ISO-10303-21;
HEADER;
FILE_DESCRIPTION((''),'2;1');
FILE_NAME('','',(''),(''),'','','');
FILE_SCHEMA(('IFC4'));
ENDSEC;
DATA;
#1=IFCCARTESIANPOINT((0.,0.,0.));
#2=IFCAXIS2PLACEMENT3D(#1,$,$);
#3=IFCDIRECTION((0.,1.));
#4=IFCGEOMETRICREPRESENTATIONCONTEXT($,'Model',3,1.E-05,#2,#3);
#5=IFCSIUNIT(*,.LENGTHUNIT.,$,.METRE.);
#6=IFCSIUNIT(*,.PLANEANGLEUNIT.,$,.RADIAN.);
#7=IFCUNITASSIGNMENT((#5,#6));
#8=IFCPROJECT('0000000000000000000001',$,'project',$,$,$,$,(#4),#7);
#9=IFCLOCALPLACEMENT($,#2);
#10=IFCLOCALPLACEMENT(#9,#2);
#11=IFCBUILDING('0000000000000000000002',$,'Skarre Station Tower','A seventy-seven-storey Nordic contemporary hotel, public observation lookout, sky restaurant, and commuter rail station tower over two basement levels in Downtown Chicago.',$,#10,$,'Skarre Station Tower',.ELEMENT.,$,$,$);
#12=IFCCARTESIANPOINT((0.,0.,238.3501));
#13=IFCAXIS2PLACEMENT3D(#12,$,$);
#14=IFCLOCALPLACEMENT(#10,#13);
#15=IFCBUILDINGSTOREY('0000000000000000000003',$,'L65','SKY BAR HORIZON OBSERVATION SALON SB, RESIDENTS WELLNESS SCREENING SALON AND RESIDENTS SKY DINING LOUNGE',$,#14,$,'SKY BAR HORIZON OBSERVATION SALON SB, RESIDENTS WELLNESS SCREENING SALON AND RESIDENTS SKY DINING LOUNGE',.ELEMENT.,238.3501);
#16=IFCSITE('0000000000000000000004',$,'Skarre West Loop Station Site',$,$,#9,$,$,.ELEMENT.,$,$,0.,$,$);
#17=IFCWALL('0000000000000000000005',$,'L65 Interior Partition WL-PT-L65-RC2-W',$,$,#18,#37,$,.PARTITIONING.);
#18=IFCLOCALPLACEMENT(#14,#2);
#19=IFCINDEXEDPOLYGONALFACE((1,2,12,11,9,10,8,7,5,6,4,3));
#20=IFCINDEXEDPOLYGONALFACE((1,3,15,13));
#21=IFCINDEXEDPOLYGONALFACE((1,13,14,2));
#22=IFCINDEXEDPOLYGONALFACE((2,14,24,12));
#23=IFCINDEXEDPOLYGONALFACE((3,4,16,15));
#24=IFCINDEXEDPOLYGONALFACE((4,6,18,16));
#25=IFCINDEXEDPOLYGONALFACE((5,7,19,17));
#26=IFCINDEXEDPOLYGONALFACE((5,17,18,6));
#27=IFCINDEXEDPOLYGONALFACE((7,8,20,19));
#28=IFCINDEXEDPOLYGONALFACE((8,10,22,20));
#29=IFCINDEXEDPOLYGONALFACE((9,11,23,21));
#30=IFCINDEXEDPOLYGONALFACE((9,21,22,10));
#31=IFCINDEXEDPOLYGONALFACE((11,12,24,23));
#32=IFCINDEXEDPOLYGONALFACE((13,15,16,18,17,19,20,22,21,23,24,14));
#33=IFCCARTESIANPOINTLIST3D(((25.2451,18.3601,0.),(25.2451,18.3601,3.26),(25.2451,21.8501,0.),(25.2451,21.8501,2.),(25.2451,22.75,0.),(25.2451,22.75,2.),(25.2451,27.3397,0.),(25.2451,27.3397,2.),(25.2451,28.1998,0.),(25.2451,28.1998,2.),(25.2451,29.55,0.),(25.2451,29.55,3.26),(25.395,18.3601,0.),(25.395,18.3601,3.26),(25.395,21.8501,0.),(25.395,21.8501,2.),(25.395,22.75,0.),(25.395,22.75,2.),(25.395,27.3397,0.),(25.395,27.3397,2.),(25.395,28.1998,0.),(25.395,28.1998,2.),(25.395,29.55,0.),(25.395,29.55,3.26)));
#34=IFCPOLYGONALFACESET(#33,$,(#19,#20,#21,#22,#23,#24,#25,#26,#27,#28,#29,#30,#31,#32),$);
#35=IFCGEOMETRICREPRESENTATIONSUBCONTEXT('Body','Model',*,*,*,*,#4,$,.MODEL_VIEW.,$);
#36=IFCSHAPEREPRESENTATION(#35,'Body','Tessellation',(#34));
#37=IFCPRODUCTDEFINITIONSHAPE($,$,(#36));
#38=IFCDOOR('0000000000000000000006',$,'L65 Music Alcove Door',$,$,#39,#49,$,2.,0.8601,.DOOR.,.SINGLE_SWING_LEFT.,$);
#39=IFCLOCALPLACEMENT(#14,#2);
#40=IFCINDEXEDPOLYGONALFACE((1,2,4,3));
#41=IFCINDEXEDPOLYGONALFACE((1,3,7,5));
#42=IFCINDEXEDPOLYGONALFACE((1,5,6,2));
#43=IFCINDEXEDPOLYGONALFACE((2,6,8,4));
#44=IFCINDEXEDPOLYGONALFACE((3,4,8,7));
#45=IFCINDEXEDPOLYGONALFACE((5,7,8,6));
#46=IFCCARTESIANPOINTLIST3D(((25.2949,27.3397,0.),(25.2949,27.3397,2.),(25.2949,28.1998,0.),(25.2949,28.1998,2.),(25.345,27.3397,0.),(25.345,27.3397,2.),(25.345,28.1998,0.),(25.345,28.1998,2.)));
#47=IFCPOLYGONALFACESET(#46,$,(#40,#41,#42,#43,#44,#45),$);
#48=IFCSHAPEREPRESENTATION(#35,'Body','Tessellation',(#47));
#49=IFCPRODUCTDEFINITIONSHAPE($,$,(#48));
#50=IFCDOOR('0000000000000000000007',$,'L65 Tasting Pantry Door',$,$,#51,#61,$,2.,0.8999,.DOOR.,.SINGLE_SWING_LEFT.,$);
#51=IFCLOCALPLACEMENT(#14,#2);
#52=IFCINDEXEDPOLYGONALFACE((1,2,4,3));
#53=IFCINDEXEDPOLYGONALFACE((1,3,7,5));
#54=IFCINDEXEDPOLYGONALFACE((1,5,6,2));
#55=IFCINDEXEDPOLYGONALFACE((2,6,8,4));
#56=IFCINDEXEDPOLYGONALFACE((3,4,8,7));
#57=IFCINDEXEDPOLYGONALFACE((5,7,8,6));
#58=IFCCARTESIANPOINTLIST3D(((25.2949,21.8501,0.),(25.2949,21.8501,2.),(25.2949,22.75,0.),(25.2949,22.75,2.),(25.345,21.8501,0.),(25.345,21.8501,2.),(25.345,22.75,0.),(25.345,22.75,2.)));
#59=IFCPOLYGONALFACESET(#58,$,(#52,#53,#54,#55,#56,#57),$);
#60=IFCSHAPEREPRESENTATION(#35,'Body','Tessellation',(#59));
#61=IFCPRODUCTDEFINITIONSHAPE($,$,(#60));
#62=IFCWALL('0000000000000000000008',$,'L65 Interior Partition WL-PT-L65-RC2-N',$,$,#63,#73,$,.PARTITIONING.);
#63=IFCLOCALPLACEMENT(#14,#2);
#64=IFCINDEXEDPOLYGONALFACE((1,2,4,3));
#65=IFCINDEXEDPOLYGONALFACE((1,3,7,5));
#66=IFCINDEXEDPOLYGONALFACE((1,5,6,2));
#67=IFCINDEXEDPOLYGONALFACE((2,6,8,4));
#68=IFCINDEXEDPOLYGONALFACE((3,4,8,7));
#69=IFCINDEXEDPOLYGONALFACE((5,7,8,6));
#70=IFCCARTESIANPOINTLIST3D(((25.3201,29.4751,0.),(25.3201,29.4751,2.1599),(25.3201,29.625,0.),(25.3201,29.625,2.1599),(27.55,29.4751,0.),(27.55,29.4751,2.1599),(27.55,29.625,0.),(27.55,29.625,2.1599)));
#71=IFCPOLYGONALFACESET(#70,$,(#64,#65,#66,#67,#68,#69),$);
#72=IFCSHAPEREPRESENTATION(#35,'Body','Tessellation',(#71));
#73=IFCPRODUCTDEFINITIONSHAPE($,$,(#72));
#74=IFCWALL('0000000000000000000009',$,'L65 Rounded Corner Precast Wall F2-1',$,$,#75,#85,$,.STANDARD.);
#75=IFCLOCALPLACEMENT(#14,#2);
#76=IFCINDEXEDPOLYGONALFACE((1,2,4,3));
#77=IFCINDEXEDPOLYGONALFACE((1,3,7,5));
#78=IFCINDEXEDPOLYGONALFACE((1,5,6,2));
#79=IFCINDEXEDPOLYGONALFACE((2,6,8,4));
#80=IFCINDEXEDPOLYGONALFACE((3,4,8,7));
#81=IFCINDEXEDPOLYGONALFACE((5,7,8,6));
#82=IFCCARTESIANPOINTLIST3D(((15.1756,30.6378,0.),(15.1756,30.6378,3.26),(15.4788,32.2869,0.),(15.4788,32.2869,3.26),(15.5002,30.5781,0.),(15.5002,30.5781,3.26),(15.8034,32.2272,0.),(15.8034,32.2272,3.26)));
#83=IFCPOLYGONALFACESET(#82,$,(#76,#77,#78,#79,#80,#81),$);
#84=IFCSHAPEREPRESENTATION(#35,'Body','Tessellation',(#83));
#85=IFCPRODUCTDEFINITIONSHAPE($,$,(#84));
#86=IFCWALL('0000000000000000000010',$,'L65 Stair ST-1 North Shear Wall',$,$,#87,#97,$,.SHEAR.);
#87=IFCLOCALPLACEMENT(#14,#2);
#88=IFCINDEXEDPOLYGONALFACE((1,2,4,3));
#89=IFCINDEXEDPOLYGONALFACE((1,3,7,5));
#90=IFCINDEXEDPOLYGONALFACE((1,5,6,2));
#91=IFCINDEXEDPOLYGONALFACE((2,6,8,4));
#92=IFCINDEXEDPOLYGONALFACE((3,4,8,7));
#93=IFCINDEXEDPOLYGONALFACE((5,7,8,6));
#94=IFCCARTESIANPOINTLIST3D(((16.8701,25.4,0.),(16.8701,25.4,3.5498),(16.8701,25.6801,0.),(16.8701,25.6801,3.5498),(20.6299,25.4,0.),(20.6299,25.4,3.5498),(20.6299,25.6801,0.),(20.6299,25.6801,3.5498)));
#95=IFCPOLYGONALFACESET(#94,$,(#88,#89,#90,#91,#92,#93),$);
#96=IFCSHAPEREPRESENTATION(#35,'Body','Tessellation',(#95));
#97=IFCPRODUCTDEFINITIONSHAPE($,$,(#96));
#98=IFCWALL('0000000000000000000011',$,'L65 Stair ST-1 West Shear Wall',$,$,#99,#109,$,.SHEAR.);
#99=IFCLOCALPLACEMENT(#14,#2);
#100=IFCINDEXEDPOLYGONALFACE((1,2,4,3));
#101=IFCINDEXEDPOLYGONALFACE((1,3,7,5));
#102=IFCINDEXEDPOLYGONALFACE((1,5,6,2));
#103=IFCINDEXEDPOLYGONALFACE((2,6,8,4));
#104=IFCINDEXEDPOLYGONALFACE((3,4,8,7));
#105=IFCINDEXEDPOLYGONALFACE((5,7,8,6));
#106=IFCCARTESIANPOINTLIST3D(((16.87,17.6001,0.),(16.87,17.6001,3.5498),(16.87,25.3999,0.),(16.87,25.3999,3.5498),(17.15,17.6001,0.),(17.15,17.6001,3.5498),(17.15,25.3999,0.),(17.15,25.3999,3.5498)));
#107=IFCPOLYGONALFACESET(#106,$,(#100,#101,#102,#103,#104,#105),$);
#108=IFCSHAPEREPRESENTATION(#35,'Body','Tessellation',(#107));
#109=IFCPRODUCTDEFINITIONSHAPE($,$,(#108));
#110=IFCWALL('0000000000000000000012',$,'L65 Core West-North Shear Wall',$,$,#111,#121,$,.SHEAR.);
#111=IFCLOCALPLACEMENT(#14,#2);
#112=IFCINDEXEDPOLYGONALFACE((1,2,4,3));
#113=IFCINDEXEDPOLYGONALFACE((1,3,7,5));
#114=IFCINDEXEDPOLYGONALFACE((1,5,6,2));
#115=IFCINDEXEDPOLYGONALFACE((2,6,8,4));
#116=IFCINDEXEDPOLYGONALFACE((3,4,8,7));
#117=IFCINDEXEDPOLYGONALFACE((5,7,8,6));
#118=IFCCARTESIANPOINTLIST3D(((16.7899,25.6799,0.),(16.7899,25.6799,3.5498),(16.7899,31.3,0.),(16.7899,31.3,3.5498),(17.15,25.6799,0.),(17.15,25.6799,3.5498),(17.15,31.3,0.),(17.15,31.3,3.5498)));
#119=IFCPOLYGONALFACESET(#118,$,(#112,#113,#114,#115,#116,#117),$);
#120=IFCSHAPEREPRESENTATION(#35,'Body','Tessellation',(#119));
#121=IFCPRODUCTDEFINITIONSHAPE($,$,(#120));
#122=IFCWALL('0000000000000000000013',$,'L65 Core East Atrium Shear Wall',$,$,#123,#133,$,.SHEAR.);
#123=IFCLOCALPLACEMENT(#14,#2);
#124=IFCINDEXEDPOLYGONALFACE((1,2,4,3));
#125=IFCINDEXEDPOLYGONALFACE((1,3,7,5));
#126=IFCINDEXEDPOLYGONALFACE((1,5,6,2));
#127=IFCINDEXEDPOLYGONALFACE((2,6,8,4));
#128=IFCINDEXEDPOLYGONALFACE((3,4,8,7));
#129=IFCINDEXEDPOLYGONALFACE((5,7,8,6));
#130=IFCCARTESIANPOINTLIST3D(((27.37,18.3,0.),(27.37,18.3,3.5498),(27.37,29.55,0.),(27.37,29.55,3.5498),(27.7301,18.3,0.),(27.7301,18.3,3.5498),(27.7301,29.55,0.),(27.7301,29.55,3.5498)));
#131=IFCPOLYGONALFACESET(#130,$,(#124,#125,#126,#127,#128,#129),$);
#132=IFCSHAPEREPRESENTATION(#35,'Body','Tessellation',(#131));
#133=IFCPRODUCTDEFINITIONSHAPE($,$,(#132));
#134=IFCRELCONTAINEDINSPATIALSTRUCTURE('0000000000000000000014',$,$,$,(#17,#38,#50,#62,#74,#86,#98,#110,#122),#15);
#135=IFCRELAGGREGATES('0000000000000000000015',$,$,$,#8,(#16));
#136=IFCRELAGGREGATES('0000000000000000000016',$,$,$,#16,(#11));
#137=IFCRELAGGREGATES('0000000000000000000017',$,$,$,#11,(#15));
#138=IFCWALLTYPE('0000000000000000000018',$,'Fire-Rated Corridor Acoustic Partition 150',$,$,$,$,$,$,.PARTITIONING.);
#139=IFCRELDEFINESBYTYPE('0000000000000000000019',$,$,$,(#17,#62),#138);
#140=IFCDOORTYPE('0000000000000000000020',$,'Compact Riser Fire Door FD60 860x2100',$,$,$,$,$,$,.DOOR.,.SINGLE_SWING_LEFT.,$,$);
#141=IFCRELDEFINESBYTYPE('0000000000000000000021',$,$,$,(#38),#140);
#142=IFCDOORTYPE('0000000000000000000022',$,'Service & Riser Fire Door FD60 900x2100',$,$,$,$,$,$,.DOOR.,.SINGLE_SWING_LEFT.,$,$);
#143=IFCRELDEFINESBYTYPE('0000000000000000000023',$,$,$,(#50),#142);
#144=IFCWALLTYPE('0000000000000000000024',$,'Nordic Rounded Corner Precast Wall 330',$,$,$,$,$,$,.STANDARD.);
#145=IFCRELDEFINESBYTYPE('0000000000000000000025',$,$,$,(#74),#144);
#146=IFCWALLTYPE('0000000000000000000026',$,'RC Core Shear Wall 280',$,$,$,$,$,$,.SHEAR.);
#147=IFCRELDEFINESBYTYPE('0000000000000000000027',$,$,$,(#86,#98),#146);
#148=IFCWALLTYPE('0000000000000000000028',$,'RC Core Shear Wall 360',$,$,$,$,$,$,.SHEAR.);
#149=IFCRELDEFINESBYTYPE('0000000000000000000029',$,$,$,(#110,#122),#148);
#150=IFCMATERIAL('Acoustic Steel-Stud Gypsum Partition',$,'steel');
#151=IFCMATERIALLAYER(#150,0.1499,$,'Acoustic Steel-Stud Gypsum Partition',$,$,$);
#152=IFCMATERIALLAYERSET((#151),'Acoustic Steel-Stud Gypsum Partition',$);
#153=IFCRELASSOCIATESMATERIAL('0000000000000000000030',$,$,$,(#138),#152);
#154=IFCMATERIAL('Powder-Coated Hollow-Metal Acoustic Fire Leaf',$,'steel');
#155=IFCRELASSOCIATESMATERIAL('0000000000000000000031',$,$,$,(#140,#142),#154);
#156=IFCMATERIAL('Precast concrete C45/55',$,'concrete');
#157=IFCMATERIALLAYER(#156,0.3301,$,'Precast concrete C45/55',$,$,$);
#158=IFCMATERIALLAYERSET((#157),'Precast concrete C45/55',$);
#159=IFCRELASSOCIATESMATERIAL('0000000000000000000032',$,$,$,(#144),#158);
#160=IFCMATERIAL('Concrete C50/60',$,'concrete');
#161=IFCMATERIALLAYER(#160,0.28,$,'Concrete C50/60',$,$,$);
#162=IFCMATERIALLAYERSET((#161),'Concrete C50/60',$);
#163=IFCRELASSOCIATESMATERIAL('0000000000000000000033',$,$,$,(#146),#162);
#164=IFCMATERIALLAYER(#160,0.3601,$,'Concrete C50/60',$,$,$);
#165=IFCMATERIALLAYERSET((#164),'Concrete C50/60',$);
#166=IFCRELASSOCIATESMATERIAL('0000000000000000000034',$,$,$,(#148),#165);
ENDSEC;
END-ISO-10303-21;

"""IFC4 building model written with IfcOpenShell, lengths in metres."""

from ifc_helpers import new_model, si_unit, direction, frame, frame_2d, origin, place, context, subcontext, project, spatial, rectangle, extrude, material, layer, layer_set, type_object, element, fill, save


model = new_model("IFC4")

# Units and contexts
model_context = context("Model", 3, precision=1e-05, world=origin(), true_north=direction((0.0, 1.0)))
body_context = subcontext(model_context, "Body", "Model", "MODEL_VIEW")
ifc_project = project(units=[si_unit("LENGTHUNIT", "METRE"), si_unit("PLANEANGLEUNIT", "RADIAN")], contexts=[model_context])

# Site, building, storey
site_placement = place(None, origin())
site = spatial("IfcSite", under=ifc_project, at=site_placement, Name="Skarre West Loop Station Site", CompositionType="ELEMENT", RefElevation=0.0)
building_placement = place(site_placement, origin())
building = spatial("IfcBuilding", under=site, at=building_placement, Name="Skarre Station Tower", Description="A seventy-seven-storey Nordic contemporary hotel, public observation lookout, sky restaurant, and commuter rail station tower over two basement levels in Downtown Chicago.", LongName="Skarre Station Tower", CompositionType="ELEMENT")
storey_placement = place(building_placement, frame((0.0, 0.0, 238.3501)))
storey = spatial("IfcBuildingStorey", under=building, at=storey_placement, Name="L65", Description="SKY BAR HORIZON OBSERVATION SALON SB, RESIDENTS WELLNESS SCREENING SALON AND RESIDENTS SKY DINING LOUNGE", LongName="SKY BAR HORIZON OBSERVATION SALON SB, RESIDENTS WELLNESS SCREENING SALON AND RESIDENTS SKY DINING LOUNGE", CompositionType="ELEMENT", Elevation=238.3501)

# Shared definitions
ifc_material_1 = material(Name="Concrete C50/60", Category="concrete")

# Shared definitions
ifc_material_2 = material(Name="Acoustic Steel-Stud Gypsum Partition", Category="steel")
ifc_layer_1 = layer(ifc_material_2, 0.1499, Name="Acoustic Steel-Stud Gypsum Partition")
ifc_layer_set_1 = layer_set([ifc_layer_1], Name="Acoustic Steel-Stud Gypsum Partition")
wall_type_1 = type_object("IfcWallType", Name="Fire-Rated Corridor Acoustic Partition 150", PredefinedType="PARTITIONING", material=ifc_layer_set_1)

# Wall, openings, doors
wall_1_placement = place(storey_placement, frame((25.3201, 29.55, 0.0), z_axis=(0.0, 0.0, 1.0), x_axis=(0.0, -1.0, 0.0)))
wall_1 = element("IfcWall", 1, at=wall_1_placement, inside=storey, type_object=wall_type_1, Name="L65 Interior Partition WL-PT-L65-RC2-W", PredefinedType="PARTITIONING", context=body_context, shape_type="SweptSolid", body=[
    extrude(rectangle(XDim=11.1899, YDim=0.1499, at=frame_2d((5.595, 0.0))), origin(), (0.0, 0.0, 1.0), 3.26),
])
opening_1_placement = place(wall_1_placement, frame((1.3501, 0.0, 0.0)))
opening_1 = element("IfcOpeningElement", 2, at=opening_1_placement, cuts=wall_1, PredefinedType="OPENING", context=body_context, shape_type="SweptSolid", body=[
    extrude(rectangle(XDim=0.8601, YDim=2.0, at=frame_2d((0.4302, 1.0))), frame((0.0, 0.085, 0.0), z_axis=(0.0, -1.0, 0.0), x_axis=(1.0, 0.0, 0.0)), (0.0, 0.0, 1.0), 0.1699),
])
opening_2_placement = place(wall_1_placement, frame((6.8, 0.0, 0.0)))
opening_2 = element("IfcOpeningElement", 3, at=opening_2_placement, cuts=wall_1, PredefinedType="OPENING", context=body_context, shape_type="SweptSolid", body=[
    extrude(rectangle(XDim=0.8999, YDim=2.0, at=frame_2d((0.45, 1.0))), frame((0.0, 0.085, 0.0), z_axis=(0.0, -1.0, 0.0), x_axis=(1.0, 0.0, 0.0)), (0.0, 0.0, 1.0), 0.1699),
])
ifc_material_3 = material(Name="Powder-Coated Hollow-Metal Acoustic Fire Leaf", Category="steel")
door_type_1 = type_object("IfcDoorType", Name="Compact Riser Fire Door FD60 860x2100", OperationType="SINGLE_SWING_LEFT", PredefinedType="DOOR", material=ifc_material_3)
door_1_placement = place(opening_1_placement, origin())
door_1 = element("IfcDoor", 4, at=door_1_placement, inside=storey, type_object=door_type_1, Name="L65 Music Alcove Door", OperationType="SINGLE_SWING_LEFT", OverallHeight=2.0, OverallWidth=0.8601, PredefinedType="DOOR", context=body_context, shape_type="SweptSolid", body=[
    extrude(rectangle(XDim=0.8601, YDim=2.0, at=frame_2d((0.4302, 1.0))), frame((0.0, 0.0249, 0.0), z_axis=(0.0, -1.0, 0.0), x_axis=(1.0, 0.0, 0.0)), (0.0, 0.0, 1.0), 0.05),
])
fill(opening_1, door_1)
door_type_2 = type_object("IfcDoorType", Name="Service & Riser Fire Door FD60 900x2100", OperationType="SINGLE_SWING_LEFT", PredefinedType="DOOR", material=ifc_material_3)
door_2_placement = place(opening_2_placement, origin())
door_2 = element("IfcDoor", 5, at=door_2_placement, inside=storey, type_object=door_type_2, Name="L65 Tasting Pantry Door", OperationType="SINGLE_SWING_LEFT", OverallHeight=2.0, OverallWidth=0.8999, PredefinedType="DOOR", context=body_context, shape_type="SweptSolid", body=[
    extrude(rectangle(XDim=0.8999, YDim=2.0, at=frame_2d((0.45, 1.0))), frame((0.0, 0.0249, 0.0), z_axis=(0.0, -1.0, 0.0), x_axis=(1.0, 0.0, 0.0)), (0.0, 0.0, 1.0), 0.05),
])
fill(opening_2, door_2)

# Walls
wall_2_placement = place(storey_placement, frame((27.55, 29.55, 0.0), z_axis=(0.0, 0.0, 1.0), x_axis=(-1.0, 0.0, 0.0)))
element("IfcWall", 6, at=wall_2_placement, inside=storey, type_object=wall_type_1, Name="L65 Interior Partition WL-PT-L65-RC2-N", PredefinedType="PARTITIONING", context=body_context, shape_type="SweptSolid", body=[
    extrude(rectangle(XDim=2.23, YDim=0.1499, at=frame_2d((1.115, 0.0))), origin(), (0.0, 0.0, 1.0), 2.1599),
])
ifc_material_4 = material(Name="Precast concrete C45/55", Category="concrete")
ifc_layer_2 = layer(ifc_material_4, 0.3301, Name="Precast concrete C45/55")
ifc_layer_set_2 = layer_set([ifc_layer_2], Name="Precast concrete C45/55")
wall_type_2 = type_object("IfcWallType", Name="Nordic Rounded Corner Precast Wall 330", PredefinedType="STANDARD", material=ifc_layer_set_2)
wall_3_placement = place(storey_placement, frame((15.3379, 30.6079, 0.0), z_axis=(0.0, 0.0, 1.0), x_axis=(0.180833, 0.983514, 0.0)))
element("IfcWall", 7, at=wall_3_placement, inside=storey, type_object=wall_type_2, Name="L65 Rounded Corner Precast Wall F2-1", PredefinedType="STANDARD", context=body_context, shape_type="SweptSolid", body=[
    extrude(rectangle(XDim=1.6768, YDim=0.3301, at=frame_2d((0.8384, 0.0))), origin(), (0.0, 0.0, 1.0), 3.26),
])
ifc_layer_3 = layer(ifc_material_1, 0.28, Name="Concrete C50/60")
ifc_layer_set_3 = layer_set([ifc_layer_3], Name="Concrete C50/60")
wall_type_3 = type_object("IfcWallType", Name="RC Core Shear Wall 280", PredefinedType="SHEAR", material=ifc_layer_set_3)
wall_4_placement = place(storey_placement, frame((20.6299, 25.54, 0.0), z_axis=(0.0, 0.0, 1.0), x_axis=(-1.0, 0.0, 0.0)))
element("IfcWall", 8, at=wall_4_placement, inside=storey, type_object=wall_type_3, Name="L65 Stair ST-1 North Shear Wall", PredefinedType="SHEAR", context=body_context, shape_type="SweptSolid", body=[
    extrude(rectangle(XDim=3.7598, YDim=0.28, at=frame_2d((1.8799, 0.0))), origin(), (0.0, 0.0, 1.0), 3.5498),
])
wall_5_placement = place(storey_placement, frame((17.01, 25.3999, 0.0), z_axis=(0.0, 0.0, 1.0), x_axis=(0.0, -1.0, 0.0)))
element("IfcWall", 9, at=wall_5_placement, inside=storey, type_object=wall_type_3, Name="L65 Stair ST-1 West Shear Wall", PredefinedType="SHEAR", context=body_context, shape_type="SweptSolid", body=[
    extrude(rectangle(XDim=7.7998, YDim=0.28, at=frame_2d((3.8999, 0.0))), origin(), (0.0, 0.0, 1.0), 3.5498),
])
ifc_layer_4 = layer(ifc_material_1, 0.3601, Name="Concrete C50/60")
ifc_layer_set_4 = layer_set([ifc_layer_4], Name="Concrete C50/60")
wall_type_4 = type_object("IfcWallType", Name="RC Core Shear Wall 360", PredefinedType="SHEAR", material=ifc_layer_set_4)
wall_6_placement = place(storey_placement, frame((16.97, 25.6799, 0.0), z_axis=(0.0, 0.0, 1.0), x_axis=(0.0, 1.0, 0.0)))
element("IfcWall", 10, at=wall_6_placement, inside=storey, type_object=wall_type_4, Name="L65 Core West-North Shear Wall", PredefinedType="SHEAR", context=body_context, shape_type="SweptSolid", body=[
    extrude(rectangle(XDim=5.6201, YDim=0.3601, at=frame_2d((2.8101, 0.0))), origin(), (0.0, 0.0, 1.0), 3.5498),
])
wall_7_placement = place(storey_placement, frame((27.55, 29.55, 0.0), z_axis=(0.0, 0.0, 1.0), x_axis=(0.0, -1.0, 0.0)))
element("IfcWall", 11, at=wall_7_placement, inside=storey, type_object=wall_type_4, Name="L65 Core East Atrium Shear Wall", PredefinedType="SHEAR", context=body_context, shape_type="SweptSolid", body=[
    extrude(rectangle(XDim=11.25, YDim=0.3601, at=frame_2d((5.625, 0.0))), origin(), (0.0, 0.0, 1.0), 3.5498),
])

save(model, "model.ifc")
